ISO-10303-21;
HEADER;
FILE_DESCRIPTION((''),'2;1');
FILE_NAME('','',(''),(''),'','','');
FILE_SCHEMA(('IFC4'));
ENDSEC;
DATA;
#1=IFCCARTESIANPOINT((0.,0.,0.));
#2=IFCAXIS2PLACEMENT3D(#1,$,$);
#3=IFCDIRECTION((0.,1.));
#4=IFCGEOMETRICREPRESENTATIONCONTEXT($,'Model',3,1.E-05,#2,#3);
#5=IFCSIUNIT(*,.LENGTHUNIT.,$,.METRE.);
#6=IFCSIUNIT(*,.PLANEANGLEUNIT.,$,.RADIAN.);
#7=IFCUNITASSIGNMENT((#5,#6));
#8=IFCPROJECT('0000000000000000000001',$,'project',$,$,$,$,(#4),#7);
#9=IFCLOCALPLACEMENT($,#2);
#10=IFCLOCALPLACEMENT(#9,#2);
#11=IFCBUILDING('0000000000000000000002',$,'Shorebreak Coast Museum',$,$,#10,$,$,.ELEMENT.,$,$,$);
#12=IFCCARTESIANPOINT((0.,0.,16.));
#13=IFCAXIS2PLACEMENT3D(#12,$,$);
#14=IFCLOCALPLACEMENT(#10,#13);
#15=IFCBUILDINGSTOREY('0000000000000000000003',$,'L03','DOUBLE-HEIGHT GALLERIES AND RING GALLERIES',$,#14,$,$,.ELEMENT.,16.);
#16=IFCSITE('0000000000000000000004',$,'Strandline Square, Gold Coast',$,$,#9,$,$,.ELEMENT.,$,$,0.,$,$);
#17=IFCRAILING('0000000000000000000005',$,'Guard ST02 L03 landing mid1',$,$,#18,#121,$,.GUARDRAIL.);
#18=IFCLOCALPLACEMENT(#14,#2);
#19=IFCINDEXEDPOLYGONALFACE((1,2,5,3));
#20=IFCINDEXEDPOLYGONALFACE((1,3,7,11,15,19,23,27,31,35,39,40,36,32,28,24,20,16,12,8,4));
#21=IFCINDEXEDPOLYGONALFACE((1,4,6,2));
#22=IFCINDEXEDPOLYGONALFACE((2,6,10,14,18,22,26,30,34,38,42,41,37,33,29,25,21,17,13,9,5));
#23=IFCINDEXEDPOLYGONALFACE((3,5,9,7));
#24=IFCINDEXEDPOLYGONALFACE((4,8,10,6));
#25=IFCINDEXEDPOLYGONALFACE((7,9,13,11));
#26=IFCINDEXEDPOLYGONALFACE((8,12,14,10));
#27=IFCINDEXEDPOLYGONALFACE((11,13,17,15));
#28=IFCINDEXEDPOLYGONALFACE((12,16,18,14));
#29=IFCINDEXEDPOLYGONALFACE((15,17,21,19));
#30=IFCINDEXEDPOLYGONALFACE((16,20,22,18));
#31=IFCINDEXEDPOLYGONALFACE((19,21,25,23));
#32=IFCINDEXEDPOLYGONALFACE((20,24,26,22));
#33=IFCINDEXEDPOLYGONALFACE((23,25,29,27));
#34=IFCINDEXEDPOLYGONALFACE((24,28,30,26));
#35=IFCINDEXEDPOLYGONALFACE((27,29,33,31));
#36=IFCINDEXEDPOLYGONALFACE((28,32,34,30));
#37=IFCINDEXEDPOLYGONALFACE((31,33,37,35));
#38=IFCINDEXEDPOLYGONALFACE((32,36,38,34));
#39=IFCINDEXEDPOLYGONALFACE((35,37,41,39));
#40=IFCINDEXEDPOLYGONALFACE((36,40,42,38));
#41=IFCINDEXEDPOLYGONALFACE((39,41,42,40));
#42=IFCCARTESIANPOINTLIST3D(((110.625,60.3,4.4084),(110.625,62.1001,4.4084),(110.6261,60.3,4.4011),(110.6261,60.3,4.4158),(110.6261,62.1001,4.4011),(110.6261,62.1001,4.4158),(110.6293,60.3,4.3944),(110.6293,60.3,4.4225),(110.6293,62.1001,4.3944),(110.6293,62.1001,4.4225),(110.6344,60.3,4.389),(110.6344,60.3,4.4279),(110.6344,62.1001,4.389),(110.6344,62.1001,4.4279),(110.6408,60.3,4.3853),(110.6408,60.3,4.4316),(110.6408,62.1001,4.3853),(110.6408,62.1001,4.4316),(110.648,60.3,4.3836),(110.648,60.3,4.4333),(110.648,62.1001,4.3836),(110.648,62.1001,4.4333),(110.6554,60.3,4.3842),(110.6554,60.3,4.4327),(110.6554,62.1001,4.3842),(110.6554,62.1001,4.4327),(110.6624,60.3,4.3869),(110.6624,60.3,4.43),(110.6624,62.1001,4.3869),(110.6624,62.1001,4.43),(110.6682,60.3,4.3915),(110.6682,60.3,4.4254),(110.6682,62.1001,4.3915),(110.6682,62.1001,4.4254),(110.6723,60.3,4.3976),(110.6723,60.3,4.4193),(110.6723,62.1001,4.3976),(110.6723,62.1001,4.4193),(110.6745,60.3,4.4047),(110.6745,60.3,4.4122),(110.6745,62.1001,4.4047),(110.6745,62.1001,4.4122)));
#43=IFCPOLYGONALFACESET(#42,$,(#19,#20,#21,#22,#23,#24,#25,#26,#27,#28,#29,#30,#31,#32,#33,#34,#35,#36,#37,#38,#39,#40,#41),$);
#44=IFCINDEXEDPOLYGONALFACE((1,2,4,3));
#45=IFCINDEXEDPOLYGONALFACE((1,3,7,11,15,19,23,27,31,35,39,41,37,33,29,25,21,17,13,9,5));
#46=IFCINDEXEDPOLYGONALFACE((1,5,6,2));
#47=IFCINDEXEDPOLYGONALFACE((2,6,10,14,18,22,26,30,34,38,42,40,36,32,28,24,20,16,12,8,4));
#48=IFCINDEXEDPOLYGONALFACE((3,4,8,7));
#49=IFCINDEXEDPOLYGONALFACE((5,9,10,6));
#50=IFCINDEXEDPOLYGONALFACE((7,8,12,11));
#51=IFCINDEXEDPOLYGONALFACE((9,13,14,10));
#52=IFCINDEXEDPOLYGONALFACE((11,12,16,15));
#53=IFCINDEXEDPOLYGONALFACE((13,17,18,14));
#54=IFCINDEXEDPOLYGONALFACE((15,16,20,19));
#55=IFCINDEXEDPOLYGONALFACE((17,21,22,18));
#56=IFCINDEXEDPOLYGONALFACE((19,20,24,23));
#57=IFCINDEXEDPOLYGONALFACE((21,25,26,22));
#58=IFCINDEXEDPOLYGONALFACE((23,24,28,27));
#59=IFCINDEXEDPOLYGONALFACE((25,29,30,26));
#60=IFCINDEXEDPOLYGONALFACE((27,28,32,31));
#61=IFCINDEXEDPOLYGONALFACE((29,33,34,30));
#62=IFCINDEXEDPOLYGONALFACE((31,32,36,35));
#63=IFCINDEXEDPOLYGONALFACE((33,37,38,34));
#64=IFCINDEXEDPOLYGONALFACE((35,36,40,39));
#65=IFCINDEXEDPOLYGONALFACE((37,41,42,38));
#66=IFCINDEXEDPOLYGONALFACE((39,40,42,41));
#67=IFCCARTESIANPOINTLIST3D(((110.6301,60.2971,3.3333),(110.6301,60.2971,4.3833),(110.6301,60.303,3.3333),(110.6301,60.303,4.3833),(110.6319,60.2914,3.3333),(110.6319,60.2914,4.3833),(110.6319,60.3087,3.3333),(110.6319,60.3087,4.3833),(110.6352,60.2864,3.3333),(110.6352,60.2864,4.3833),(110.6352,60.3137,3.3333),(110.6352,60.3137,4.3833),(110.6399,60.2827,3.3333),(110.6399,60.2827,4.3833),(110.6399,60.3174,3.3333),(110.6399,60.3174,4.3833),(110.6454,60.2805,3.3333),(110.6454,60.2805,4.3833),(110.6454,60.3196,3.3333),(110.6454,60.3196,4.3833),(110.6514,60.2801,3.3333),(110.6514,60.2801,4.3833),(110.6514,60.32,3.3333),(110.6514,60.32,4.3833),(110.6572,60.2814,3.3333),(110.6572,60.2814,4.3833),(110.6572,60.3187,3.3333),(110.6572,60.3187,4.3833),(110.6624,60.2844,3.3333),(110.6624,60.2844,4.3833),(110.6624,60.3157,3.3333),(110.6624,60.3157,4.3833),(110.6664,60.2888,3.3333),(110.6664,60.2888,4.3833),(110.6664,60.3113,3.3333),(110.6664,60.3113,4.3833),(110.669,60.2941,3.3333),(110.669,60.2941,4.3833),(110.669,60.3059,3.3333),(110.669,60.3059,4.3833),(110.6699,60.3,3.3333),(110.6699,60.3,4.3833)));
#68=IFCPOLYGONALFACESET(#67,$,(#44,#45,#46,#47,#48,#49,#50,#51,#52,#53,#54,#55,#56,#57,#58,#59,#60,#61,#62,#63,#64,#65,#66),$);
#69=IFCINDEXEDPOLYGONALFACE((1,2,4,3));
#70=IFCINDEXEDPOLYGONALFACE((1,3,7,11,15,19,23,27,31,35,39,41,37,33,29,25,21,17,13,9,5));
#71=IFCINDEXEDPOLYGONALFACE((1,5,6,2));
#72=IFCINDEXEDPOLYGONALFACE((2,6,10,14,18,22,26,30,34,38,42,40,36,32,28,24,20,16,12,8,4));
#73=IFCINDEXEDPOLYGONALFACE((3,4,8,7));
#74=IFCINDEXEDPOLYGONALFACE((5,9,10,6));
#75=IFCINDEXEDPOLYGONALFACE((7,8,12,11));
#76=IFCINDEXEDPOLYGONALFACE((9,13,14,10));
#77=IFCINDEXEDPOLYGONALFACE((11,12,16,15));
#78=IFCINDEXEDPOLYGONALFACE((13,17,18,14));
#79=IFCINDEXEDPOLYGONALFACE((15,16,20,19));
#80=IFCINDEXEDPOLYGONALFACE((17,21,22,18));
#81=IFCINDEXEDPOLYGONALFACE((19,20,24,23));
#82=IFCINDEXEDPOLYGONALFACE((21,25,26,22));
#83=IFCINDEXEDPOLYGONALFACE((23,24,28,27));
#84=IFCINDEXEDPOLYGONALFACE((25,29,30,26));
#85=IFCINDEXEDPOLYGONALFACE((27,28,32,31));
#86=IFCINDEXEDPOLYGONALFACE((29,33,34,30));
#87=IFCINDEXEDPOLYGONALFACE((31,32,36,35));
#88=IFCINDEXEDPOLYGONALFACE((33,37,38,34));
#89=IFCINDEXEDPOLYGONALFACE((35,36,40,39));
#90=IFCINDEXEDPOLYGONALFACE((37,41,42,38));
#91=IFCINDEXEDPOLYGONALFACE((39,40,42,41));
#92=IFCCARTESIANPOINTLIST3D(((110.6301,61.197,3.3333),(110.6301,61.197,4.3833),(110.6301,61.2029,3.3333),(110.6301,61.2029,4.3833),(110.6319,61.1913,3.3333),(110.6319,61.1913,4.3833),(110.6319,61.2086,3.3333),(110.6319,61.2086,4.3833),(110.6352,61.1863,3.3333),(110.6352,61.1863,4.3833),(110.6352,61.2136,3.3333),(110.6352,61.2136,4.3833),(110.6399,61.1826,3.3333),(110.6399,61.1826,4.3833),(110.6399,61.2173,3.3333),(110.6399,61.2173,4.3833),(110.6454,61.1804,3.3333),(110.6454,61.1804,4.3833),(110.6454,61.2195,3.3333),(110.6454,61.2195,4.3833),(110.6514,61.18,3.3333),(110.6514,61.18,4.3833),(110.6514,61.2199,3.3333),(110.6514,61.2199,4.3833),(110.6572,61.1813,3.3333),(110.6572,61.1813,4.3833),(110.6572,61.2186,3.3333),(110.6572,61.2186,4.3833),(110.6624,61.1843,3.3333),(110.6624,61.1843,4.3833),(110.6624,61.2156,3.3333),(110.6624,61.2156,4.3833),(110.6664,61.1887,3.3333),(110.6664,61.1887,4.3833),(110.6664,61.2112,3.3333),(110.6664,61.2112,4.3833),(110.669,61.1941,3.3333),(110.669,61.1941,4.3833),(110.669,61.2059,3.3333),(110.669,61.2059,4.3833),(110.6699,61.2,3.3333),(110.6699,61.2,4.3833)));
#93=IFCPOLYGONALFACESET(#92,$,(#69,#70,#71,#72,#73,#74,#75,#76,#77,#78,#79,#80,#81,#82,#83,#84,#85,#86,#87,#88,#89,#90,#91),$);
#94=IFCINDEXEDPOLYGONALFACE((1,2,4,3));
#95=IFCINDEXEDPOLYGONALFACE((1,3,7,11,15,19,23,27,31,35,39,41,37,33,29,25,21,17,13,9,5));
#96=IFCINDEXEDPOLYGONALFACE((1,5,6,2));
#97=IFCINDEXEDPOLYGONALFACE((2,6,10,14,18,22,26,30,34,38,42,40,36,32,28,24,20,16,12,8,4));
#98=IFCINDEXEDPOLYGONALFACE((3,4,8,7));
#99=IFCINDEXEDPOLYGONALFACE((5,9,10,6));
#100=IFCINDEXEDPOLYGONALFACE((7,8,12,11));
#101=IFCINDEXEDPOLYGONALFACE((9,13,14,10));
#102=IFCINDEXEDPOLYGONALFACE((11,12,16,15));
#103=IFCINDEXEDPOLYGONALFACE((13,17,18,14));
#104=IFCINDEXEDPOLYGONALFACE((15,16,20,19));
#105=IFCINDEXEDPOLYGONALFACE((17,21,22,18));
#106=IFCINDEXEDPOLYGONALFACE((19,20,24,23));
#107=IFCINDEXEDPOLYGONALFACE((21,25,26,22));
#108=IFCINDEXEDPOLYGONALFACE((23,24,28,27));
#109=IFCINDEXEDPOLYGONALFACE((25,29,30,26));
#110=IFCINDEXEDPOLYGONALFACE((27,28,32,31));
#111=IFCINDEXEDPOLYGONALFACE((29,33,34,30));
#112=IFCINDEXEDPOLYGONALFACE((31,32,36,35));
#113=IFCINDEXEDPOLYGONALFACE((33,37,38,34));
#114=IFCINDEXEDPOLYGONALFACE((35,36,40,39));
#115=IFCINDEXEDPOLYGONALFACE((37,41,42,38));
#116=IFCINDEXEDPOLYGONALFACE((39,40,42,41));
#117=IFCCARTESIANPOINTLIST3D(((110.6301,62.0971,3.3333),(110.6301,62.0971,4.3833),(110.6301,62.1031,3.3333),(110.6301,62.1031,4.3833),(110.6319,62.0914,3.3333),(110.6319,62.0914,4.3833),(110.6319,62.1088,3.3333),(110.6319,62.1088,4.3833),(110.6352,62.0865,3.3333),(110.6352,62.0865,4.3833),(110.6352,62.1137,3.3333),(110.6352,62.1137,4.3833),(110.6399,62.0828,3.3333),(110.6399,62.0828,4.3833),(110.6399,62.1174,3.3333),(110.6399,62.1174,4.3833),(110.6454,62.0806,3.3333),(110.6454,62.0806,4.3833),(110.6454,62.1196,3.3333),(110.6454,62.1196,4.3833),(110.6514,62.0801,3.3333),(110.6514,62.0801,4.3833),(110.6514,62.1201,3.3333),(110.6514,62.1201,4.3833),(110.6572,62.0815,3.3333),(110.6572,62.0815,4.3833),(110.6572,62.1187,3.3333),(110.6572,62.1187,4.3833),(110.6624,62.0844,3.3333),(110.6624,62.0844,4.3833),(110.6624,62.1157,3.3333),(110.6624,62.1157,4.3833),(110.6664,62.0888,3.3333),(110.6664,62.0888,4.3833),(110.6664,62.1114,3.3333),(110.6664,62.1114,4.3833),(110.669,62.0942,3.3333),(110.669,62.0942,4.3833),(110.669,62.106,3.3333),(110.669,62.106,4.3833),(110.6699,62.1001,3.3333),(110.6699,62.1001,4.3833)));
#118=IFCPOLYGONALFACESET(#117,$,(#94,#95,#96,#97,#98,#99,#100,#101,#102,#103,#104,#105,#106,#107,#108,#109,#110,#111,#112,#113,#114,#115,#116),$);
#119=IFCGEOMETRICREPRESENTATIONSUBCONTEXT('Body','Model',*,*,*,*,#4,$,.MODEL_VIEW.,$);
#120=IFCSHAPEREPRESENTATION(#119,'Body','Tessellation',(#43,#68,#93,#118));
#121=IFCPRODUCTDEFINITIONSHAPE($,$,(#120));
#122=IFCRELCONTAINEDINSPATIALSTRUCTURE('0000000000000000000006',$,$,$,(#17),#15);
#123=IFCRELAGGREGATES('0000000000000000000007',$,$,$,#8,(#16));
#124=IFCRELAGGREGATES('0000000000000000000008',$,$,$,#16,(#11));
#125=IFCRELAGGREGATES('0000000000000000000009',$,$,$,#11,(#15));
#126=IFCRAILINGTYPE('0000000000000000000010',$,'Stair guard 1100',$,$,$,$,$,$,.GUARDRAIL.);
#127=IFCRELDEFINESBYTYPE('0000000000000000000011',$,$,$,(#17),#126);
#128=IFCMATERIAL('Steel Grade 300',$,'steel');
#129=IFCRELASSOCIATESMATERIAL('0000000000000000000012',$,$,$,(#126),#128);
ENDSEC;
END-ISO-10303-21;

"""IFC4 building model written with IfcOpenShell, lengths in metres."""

from ifc_helpers import new_model, si_unit, direction, frame, origin, origin_2d, place, context, subcontext, project, spatial, circle, extrude, material, type_object, element, save


model = new_model("IFC4")

# Units and contexts
model_context = context("Model", 3, precision=1e-05, world=origin(), true_north=direction((0.0, 1.0)))
body_context = subcontext(model_context, "Body", "Model", "MODEL_VIEW")
ifc_project = project(units=[si_unit("LENGTHUNIT", "METRE"), si_unit("PLANEANGLEUNIT", "RADIAN")], contexts=[model_context])

# Site, building, storey
site_placement = place(None, origin())
site = spatial("IfcSite", under=ifc_project, at=site_placement, Name="Strandline Square, Gold Coast", CompositionType="ELEMENT", RefElevation=0.0)
building_placement = place(site_placement, origin())
building = spatial("IfcBuilding", under=site, at=building_placement, Name="Shorebreak Coast Museum", CompositionType="ELEMENT")
storey_placement = place(building_placement, frame((0.0, 0.0, 16.0)))
storey = spatial("IfcBuildingStorey", under=building, at=storey_placement, Name="L03", Description="DOUBLE-HEIGHT GALLERIES AND RING GALLERIES", CompositionType="ELEMENT", Elevation=16.0)

# Railing
ifc_material_1 = material(Name="Steel Grade 300", Category="steel")
railing_type_1 = type_object("IfcRailingType", Name="Stair guard 1100", PredefinedType="GUARDRAIL", material=ifc_material_1)
railing_1_placement = place(storey_placement, frame((110.6499, 60.3, 3.3333)))
element("IfcRailing", 1, at=railing_1_placement, inside=storey, type_object=railing_type_1, Name="Guard ST02 L03 landing mid1", PredefinedType="GUARDRAIL", context=body_context, shape_type="SweptSolid", body=[
    extrude(circle(Radius=0.0249, at=origin_2d()), frame((0.0, 0.0, 1.0752), z_axis=(0.0, 1.0, 0.0), x_axis=(-1.0, 0.0, 0.0)), (0.0, 0.0, 1.0), 1.8),
    extrude(circle(Radius=0.02, at=origin_2d()), origin(), (0.0, 0.0, 1.0), 1.05),
    extrude(circle(Radius=0.02, at=origin_2d()), frame((0.0, 0.8999, 0.0)), (0.0, 0.0, 1.0), 1.05),
    extrude(circle(Radius=0.02, at=origin_2d()), frame((0.0, 1.8, 0.0)), (0.0, 0.0, 1.0), 1.05),
])

save(model, "model.ifc")
